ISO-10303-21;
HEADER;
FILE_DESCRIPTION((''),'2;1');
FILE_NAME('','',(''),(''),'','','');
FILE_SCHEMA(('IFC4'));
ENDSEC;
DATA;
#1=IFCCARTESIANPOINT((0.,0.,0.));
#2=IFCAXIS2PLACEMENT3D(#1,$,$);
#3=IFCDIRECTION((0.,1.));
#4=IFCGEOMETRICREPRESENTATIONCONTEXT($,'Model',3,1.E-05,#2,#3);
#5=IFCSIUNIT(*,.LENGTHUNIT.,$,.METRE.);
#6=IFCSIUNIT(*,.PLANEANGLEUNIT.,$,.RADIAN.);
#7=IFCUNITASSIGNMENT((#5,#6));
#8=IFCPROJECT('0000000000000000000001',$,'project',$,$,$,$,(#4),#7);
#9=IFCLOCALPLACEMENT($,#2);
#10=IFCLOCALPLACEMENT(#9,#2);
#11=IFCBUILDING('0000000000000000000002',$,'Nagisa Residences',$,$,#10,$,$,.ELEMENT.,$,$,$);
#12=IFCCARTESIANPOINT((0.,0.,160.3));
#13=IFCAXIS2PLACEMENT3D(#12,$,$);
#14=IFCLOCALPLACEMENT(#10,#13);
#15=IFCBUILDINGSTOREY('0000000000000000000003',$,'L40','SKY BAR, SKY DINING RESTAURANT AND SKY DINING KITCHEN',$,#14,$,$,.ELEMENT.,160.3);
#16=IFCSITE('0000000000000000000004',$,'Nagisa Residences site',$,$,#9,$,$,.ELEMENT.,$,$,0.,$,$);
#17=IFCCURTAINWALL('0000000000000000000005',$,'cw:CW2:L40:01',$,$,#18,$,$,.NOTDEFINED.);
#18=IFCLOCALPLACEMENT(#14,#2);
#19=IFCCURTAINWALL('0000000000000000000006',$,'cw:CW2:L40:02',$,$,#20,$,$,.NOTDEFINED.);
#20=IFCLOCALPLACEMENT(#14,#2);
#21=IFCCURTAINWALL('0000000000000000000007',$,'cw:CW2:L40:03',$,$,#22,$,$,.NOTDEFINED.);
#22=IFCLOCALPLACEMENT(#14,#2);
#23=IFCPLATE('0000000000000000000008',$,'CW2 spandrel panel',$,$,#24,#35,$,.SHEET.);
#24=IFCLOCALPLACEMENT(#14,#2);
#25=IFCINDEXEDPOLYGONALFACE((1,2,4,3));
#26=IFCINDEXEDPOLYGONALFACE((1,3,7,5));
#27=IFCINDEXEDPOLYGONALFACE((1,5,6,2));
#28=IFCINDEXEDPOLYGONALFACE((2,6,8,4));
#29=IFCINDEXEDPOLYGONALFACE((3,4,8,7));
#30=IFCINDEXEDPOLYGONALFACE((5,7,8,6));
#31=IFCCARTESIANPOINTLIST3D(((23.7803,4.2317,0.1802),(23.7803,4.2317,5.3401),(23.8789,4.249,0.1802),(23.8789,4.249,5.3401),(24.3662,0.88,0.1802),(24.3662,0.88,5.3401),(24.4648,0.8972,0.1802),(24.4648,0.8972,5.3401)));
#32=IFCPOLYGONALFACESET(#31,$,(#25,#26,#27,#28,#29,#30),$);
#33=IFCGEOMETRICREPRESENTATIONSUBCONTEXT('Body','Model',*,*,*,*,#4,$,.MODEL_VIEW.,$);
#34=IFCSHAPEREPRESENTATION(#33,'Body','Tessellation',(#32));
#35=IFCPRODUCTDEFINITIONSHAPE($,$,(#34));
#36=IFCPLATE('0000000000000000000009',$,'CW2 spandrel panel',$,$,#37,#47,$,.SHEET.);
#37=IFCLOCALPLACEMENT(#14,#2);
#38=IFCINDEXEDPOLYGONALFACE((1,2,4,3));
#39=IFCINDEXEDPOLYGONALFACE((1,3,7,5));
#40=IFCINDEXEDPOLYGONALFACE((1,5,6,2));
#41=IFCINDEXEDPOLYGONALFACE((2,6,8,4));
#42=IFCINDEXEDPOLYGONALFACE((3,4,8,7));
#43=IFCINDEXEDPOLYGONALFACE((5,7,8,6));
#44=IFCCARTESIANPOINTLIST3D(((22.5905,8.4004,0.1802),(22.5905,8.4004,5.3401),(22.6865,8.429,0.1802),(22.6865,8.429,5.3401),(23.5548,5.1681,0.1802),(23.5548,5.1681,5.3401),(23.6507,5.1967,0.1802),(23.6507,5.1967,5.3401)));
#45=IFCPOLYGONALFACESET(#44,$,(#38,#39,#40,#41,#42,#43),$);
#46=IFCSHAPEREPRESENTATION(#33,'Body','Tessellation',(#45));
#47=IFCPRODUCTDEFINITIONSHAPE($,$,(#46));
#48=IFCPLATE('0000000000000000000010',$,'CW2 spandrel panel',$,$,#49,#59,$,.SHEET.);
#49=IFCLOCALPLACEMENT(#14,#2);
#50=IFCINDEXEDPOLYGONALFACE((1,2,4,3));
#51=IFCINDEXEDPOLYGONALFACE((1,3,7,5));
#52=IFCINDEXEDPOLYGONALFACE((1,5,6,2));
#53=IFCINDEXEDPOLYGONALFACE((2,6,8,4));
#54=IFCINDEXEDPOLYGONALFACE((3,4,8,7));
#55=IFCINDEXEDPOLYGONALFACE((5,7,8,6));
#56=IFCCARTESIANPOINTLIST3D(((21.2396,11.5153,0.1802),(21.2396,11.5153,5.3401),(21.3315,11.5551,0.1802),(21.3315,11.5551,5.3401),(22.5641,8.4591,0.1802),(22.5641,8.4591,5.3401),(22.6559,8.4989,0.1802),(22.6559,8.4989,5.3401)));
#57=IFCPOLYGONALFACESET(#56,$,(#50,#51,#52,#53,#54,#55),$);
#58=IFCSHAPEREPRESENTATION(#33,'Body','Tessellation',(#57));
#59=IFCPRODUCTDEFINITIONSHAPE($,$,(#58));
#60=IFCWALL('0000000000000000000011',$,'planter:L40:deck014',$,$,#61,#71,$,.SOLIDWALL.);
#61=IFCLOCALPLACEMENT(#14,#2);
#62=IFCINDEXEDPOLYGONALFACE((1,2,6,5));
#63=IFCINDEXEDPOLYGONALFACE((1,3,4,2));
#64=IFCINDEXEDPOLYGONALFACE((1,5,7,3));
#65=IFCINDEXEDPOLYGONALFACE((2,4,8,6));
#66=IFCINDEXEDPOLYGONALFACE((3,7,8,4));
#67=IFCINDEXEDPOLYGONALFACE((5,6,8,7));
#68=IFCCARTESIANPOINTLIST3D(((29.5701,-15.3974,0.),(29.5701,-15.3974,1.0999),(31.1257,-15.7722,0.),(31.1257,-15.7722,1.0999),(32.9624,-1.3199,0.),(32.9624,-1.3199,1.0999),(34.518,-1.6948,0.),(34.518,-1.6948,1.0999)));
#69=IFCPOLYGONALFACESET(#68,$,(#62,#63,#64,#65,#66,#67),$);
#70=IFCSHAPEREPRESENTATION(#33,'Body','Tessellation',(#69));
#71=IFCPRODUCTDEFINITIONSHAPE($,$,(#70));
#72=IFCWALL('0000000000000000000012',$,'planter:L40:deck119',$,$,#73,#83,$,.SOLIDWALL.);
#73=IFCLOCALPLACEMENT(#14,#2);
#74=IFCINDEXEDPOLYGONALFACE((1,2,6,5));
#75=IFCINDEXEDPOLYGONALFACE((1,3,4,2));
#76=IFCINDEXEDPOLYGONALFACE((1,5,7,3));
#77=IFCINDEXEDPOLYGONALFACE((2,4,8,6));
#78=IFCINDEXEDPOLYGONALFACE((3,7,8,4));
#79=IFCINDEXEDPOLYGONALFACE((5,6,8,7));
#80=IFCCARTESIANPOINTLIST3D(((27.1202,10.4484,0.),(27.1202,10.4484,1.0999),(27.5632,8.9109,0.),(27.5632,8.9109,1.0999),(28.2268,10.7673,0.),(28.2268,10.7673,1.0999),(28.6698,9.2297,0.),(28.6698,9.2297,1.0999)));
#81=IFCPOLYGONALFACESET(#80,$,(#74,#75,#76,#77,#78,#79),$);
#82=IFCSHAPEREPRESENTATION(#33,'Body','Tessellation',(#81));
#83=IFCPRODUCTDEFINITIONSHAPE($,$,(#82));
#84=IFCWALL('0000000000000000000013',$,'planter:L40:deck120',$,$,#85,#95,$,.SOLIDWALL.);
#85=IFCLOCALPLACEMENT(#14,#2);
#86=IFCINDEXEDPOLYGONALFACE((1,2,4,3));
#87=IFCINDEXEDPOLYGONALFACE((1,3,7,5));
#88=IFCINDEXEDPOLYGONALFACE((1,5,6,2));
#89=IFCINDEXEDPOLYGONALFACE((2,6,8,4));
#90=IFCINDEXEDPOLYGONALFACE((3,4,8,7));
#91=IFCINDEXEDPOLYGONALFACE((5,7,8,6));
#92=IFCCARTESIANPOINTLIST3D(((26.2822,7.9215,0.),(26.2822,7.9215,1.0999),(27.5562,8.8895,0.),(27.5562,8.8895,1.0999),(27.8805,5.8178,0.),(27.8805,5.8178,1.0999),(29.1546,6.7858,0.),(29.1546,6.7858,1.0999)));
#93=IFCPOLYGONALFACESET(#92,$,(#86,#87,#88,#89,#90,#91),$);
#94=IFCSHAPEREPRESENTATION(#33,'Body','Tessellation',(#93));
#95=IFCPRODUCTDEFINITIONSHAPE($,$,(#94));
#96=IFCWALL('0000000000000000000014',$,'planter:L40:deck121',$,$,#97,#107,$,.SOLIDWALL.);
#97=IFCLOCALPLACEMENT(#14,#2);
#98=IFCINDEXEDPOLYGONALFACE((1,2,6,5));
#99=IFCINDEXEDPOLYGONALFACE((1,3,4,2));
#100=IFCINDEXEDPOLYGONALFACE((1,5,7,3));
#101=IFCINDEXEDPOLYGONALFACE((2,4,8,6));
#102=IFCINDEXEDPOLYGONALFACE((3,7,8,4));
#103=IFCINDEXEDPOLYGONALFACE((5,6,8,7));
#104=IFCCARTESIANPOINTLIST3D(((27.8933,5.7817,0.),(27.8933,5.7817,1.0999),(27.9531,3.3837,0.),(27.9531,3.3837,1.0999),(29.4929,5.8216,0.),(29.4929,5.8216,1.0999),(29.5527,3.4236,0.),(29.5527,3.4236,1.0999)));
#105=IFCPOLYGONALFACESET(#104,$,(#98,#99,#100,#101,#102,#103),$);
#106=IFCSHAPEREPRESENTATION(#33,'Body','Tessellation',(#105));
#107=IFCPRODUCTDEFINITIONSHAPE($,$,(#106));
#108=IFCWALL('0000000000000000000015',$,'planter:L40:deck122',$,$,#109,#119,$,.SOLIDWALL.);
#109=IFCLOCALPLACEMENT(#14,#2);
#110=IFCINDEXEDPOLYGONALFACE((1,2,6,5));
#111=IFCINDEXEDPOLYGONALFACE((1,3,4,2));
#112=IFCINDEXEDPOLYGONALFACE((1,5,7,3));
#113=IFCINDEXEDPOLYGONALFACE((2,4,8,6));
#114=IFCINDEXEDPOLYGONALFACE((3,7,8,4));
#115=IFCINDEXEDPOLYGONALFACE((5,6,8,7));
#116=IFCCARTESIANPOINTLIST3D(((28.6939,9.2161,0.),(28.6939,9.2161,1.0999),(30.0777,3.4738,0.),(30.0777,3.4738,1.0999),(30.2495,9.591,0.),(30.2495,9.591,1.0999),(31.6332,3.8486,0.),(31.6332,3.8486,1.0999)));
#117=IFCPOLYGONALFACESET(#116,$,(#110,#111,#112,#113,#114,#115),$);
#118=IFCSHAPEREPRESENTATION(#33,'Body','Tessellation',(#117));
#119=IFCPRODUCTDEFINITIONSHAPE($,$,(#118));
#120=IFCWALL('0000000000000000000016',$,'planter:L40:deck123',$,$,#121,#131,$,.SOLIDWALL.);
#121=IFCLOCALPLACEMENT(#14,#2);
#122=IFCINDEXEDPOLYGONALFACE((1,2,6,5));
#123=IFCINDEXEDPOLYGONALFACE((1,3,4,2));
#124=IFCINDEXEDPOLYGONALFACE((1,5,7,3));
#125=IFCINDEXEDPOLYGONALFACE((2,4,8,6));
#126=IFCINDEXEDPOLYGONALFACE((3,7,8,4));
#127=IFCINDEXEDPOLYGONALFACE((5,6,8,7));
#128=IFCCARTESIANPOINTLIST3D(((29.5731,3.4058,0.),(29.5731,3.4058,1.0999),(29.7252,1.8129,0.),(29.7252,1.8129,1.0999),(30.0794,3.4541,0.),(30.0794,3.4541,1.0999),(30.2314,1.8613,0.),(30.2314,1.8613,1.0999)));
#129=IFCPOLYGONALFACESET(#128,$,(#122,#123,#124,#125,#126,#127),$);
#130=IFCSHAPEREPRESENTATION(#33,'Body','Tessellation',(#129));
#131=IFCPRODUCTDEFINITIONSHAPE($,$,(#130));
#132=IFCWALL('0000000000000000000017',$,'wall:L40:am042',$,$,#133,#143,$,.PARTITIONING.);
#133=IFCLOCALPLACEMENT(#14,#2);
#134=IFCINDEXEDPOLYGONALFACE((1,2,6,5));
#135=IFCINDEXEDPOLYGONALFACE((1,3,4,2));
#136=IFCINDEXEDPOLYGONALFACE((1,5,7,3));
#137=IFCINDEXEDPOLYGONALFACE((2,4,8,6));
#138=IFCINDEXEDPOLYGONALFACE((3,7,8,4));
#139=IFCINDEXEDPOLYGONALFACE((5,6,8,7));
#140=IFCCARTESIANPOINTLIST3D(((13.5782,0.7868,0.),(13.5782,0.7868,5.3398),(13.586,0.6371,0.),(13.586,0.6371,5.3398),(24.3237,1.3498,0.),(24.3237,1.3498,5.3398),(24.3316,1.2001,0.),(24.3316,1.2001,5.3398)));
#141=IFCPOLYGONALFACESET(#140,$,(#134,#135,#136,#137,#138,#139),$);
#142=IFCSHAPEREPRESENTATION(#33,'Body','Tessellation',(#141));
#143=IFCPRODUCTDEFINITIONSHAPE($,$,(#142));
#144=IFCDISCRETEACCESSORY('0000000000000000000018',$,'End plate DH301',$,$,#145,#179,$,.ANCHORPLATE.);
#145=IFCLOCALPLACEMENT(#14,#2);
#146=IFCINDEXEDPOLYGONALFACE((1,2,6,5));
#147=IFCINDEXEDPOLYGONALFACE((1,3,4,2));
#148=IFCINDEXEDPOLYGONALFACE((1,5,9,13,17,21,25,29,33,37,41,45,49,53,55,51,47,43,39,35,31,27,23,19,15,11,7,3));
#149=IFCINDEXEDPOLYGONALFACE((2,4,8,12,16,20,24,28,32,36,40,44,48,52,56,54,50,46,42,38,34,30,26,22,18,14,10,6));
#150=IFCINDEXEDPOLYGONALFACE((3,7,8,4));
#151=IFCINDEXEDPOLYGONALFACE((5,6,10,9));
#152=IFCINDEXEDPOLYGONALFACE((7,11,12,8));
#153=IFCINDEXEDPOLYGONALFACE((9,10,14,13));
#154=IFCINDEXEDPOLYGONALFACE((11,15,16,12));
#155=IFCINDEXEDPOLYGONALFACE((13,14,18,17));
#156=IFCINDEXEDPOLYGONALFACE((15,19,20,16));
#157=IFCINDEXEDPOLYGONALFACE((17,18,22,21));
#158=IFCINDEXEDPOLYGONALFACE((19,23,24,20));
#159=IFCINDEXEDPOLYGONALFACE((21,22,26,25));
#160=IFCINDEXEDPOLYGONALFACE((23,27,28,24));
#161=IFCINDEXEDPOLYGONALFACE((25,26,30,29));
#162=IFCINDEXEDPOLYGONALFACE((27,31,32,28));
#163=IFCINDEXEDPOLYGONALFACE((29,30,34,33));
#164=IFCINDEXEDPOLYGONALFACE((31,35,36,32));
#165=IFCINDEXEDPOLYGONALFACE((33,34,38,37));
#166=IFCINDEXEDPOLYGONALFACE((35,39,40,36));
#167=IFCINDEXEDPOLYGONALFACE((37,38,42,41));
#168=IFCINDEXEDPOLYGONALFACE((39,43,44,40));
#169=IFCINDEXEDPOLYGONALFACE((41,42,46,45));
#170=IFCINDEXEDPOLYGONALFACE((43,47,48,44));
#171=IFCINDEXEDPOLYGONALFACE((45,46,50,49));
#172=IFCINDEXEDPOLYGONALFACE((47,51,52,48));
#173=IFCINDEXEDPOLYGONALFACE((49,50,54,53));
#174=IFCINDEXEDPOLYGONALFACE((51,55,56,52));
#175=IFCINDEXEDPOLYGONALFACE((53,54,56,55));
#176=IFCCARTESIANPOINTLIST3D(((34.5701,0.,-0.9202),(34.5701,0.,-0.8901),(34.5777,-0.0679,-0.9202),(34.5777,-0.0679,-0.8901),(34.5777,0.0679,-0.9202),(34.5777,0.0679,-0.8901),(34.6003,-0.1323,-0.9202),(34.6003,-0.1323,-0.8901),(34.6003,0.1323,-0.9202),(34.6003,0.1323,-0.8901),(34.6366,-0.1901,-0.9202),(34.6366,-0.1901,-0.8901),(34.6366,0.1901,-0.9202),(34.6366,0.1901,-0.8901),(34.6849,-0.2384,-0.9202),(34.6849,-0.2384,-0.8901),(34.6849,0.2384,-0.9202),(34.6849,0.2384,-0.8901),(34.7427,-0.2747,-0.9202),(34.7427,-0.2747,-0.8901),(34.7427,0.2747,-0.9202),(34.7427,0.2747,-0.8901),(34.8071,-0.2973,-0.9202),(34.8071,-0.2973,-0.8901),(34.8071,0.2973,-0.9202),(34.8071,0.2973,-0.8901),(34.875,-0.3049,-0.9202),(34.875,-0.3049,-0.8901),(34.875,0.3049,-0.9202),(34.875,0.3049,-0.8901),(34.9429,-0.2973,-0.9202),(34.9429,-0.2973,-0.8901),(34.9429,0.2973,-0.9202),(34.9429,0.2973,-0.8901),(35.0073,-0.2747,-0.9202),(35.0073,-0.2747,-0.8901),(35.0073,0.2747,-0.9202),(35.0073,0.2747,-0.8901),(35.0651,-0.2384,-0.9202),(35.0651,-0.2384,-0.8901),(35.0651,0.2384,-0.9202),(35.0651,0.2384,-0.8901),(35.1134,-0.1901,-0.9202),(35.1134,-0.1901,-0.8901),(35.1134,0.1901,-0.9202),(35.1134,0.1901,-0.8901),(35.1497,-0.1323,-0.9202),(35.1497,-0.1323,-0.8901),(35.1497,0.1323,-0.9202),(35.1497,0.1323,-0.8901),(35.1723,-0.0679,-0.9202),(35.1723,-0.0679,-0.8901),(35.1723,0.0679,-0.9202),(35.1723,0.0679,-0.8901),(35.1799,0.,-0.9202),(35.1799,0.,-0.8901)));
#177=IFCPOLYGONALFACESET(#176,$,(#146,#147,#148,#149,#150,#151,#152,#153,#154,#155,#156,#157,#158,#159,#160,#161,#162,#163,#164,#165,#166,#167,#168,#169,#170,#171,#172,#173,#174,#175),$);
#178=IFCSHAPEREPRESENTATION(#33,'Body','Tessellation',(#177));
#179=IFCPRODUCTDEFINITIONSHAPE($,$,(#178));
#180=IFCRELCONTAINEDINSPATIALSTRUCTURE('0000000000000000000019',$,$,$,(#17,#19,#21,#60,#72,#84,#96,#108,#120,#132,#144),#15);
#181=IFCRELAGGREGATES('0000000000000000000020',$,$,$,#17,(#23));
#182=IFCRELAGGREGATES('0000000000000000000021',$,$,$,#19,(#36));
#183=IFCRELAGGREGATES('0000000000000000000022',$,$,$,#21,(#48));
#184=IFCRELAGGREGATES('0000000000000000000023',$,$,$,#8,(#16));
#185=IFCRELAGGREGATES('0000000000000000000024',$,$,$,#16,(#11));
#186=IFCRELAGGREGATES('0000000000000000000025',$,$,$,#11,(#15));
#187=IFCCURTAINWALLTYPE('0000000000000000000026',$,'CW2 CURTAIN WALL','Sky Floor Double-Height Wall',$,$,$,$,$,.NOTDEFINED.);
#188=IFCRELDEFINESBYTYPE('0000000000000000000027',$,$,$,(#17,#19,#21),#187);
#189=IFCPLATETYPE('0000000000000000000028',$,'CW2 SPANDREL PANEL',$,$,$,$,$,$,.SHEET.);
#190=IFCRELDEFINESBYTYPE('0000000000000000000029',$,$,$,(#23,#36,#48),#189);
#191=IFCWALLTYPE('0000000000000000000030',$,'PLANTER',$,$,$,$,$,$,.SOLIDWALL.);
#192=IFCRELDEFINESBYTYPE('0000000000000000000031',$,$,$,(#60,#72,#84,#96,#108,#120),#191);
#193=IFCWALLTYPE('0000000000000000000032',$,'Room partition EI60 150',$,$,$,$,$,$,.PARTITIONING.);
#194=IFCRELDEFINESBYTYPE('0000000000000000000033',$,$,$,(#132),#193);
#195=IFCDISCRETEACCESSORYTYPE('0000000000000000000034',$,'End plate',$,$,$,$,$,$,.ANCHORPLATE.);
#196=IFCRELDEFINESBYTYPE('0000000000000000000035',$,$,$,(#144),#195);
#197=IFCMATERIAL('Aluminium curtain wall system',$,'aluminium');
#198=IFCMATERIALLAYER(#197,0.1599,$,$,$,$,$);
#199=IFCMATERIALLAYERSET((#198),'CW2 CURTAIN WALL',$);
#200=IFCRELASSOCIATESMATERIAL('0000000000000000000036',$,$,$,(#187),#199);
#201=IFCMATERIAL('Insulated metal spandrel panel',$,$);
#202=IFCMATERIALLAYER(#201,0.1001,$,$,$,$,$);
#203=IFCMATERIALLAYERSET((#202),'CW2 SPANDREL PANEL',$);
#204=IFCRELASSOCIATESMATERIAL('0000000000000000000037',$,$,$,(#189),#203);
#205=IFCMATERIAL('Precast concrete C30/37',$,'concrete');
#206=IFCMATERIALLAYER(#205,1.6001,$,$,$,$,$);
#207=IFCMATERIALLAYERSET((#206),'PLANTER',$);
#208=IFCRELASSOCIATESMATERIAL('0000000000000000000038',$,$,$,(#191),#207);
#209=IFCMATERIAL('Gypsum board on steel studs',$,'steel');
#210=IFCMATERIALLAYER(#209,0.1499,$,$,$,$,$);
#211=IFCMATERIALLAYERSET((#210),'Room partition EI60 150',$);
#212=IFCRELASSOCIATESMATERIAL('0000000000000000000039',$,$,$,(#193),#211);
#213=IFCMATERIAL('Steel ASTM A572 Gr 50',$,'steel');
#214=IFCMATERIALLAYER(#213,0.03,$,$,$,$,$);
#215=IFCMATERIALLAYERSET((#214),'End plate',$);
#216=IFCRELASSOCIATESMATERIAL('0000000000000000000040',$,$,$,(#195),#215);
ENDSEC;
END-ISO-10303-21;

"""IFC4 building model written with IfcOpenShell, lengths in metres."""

from ifc_helpers import new_model, si_unit, direction, frame, frame_2d, origin, origin_2d, place, context, subcontext, project, spatial, rectangle, circle, extrude, material, layer, layer_set, type_object, element, aggregate, save


model = new_model("IFC4")

# Units and contexts
model_context = context("Model", 3, precision=1e-05, world=origin(), true_north=direction((0.0, 1.0)))
body_context = subcontext(model_context, "Body", "Model", "MODEL_VIEW")
ifc_project = project(units=[si_unit("LENGTHUNIT", "METRE"), si_unit("PLANEANGLEUNIT", "RADIAN")], contexts=[model_context])

# Site, building, storey
site_placement = place(None, origin())
site = spatial("IfcSite", under=ifc_project, at=site_placement, Name="Nagisa Residences site", CompositionType="ELEMENT", RefElevation=0.0)
building_placement = place(site_placement, origin())
building = spatial("IfcBuilding", under=site, at=building_placement, Name="Nagisa Residences", CompositionType="ELEMENT")
storey_placement = place(building_placement, frame((0.0, 0.0, 160.3)))
storey = spatial("IfcBuildingStorey", under=building, at=storey_placement, Name="L40", Description="SKY BAR, SKY DINING RESTAURANT AND SKY DINING KITCHEN", CompositionType="ELEMENT", Elevation=160.3)

# Curtain walls
ifc_material_1 = material(Name="Aluminium curtain wall system", Category="aluminium")
ifc_layer_1 = layer(ifc_material_1, 0.1599)
ifc_layer_set_1 = layer_set([ifc_layer_1], Name="CW2 CURTAIN WALL")
curtain_wall_type = type_object("IfcCurtainWallType", Name="CW2 CURTAIN WALL", Description="Sky Floor Double-Height Wall", PredefinedType="NOTDEFINED", material=ifc_layer_set_1)
curtain_wall_1_placement = place(storey_placement, origin())
curtain_wall_1 = element("IfcCurtainWall", 1, at=curtain_wall_1_placement, inside=storey, type_object=curtain_wall_type, Name="cw:CW2:L40:01", PredefinedType="NOTDEFINED")
curtain_wall_2_placement = place(storey_placement, origin())
curtain_wall_2 = element("IfcCurtainWall", 2, at=curtain_wall_2_placement, inside=storey, type_object=curtain_wall_type, Name="cw:CW2:L40:02", PredefinedType="NOTDEFINED")
curtain_wall_3_placement = place(storey_placement, origin())
curtain_wall_3 = element("IfcCurtainWall", 3, at=curtain_wall_3_placement, inside=storey, type_object=curtain_wall_type, Name="cw:CW2:L40:03", PredefinedType="NOTDEFINED")

# Plates
ifc_material_2 = material(Name="Insulated metal spandrel panel")
ifc_layer_2 = layer(ifc_material_2, 0.1001)
ifc_layer_set_2 = layer_set([ifc_layer_2], Name="CW2 SPANDREL PANEL")
plate_type = type_object("IfcPlateType", Name="CW2 SPANDREL PANEL", PredefinedType="SHEET", material=ifc_layer_set_2)
plate_1_placement = place(storey_placement, frame((24.1226, 2.5645, 0.1802), z_axis=(0.0, 0.0, 1.0), x_axis=(-0.172191, 0.985064, 0.0)))
plate_1 = element("IfcPlate", 4, at=plate_1_placement, type_object=plate_type, Name="CW2 spandrel panel", PredefinedType="SHEET", context=body_context, shape_type="SweptSolid", body=[
    extrude(rectangle(XDim=3.4026, YDim=0.1001, at=origin_2d()), origin(), (0.0, 0.0, 1.0), 5.1599),
])
aggregate(curtain_wall_1, [plate_1])
plate_2_placement = place(storey_placement, frame((23.1206, 6.7986, 0.1802), z_axis=(0.0, 0.0, 1.0), x_axis=(-0.28586, 0.958271, 0.0)))
plate_2 = element("IfcPlate", 5, at=plate_2_placement, type_object=plate_type, Name="CW2 spandrel panel", PredefinedType="SHEET", context=body_context, shape_type="SweptSolid", body=[
    extrude(rectangle(XDim=3.373, YDim=0.1001, at=origin_2d()), origin(), (0.0, 0.0, 1.0), 5.1599),
])
aggregate(curtain_wall_2, [plate_2])
plate_3_placement = place(storey_placement, frame((21.9478, 10.0071, 0.1802), z_axis=(0.0, 0.0, 1.0), x_axis=(-0.397636, 0.917543, 0.0)))
plate_3 = element("IfcPlate", 6, at=plate_3_placement, type_object=plate_type, Name="CW2 spandrel panel", PredefinedType="SHEET", context=body_context, shape_type="SweptSolid", body=[
    extrude(rectangle(XDim=3.3308, YDim=0.1001, at=origin_2d()), origin(), (0.0, 0.0, 1.0), 5.1599),
])
aggregate(curtain_wall_3, [plate_3])

# Walls
ifc_material_3 = material(Name="Precast concrete C30/37", Category="concrete")
ifc_layer_3 = layer(ifc_material_3, 1.6001)
ifc_layer_set_3 = layer_set([ifc_layer_3], Name="PLANTER")
wall_type_1 = type_object("IfcWallType", Name="PLANTER", PredefinedType="SOLIDWALL", material=ifc_layer_set_3)
wall_1_placement = place(storey_placement, frame((33.7402, -1.5073, 0.0), z_axis=(0.0, 0.0, 1.0), x_axis=(-0.234271, -0.972171, 0.0)))
element("IfcWall", 7, at=wall_1_placement, inside=storey, type_object=wall_type_1, Name="planter:L40:deck014", PredefinedType="SOLIDWALL", context=body_context, shape_type="SweptSolid", body=[
    extrude(rectangle(XDim=14.4805, YDim=1.6001, at=frame_2d((7.2402, 0.0))), origin(), (0.0, 0.0, 1.0), 1.0999),
])
wall_2_placement = place(storey_placement, frame((27.3418, 9.6797, 0.0), z_axis=(0.0, 0.0, 1.0), x_axis=(0.960914, 0.276848, 0.0)))
element("IfcWall", 8, at=wall_2_placement, inside=storey, type_object=wall_type_1, Name="planter:L40:deck119", PredefinedType="SOLIDWALL", context=body_context, shape_type="SweptSolid", body=[
    extrude(rectangle(XDim=1.1516, YDim=1.6001, at=frame_2d((0.5757, 0.0))), origin(), (0.0, 0.0, 1.0), 1.0999),
])
wall_3_placement = place(storey_placement, frame((28.5176, 6.3018, 0.0), z_axis=(0.0, 0.0, 1.0), x_axis=(-0.604971, 0.796248, 0.0)))
element("IfcWall", 9, at=wall_3_placement, inside=storey, type_object=wall_type_1, Name="planter:L40:deck120", PredefinedType="SOLIDWALL", context=body_context, shape_type="SweptSolid", body=[
    extrude(rectangle(XDim=2.6421, YDim=1.6001, at=frame_2d((1.321, 0.0))), origin(), (0.0, 0.0, 1.0), 1.0999),
])
wall_4_placement = place(storey_placement, frame((28.7529, 3.4038, 0.0), z_axis=(0.0, 0.0, 1.0), x_axis=(-0.024936, 0.999689, 0.0)))
element("IfcWall", 10, at=wall_4_placement, inside=storey, type_object=wall_type_1, Name="planter:L40:deck121", PredefinedType="SOLIDWALL", context=body_context, shape_type="SweptSolid", body=[
    extrude(rectangle(XDim=2.3987, YDim=1.6001, at=frame_2d((1.1992, 0.0))), origin(), (0.0, 0.0, 1.0), 1.0999),
])
wall_5_placement = place(storey_placement, frame((29.4717, 9.4036, 0.0), z_axis=(0.0, 0.0, 1.0), x_axis=(0.23427, -0.972172, 0.0)))
element("IfcWall", 11, at=wall_5_placement, inside=storey, type_object=wall_type_1, Name="planter:L40:deck122", PredefinedType="SOLIDWALL", context=body_context, shape_type="SweptSolid", body=[
    extrude(rectangle(XDim=5.9067, YDim=1.6001, at=frame_2d((2.9534, 0.0))), origin(), (0.0, 0.0, 1.0), 1.0999),
])
wall_6_placement = place(storey_placement, frame((30.1555, 2.6577, 0.0), z_axis=(0.0, 0.0, 1.0), x_axis=(-0.995474, -0.095036, 0.0)))
element("IfcWall", 12, at=wall_6_placement, inside=storey, type_object=wall_type_1, Name="planter:L40:deck123", PredefinedType="SOLIDWALL", context=body_context, shape_type="SweptSolid", body=[
    extrude(rectangle(XDim=0.5085, YDim=1.6001, at=frame_2d((0.2544, 0.0))), origin(), (0.0, 0.0, 1.0), 1.0999),
])
ifc_material_4 = material(Name="Gypsum board on steel studs", Category="steel")
ifc_layer_4 = layer(ifc_material_4, 0.1499)
ifc_layer_set_4 = layer_set([ifc_layer_4], Name="Room partition EI60 150")
wall_type_2 = type_object("IfcWallType", Name="Room partition EI60 150", PredefinedType="PARTITIONING", material=ifc_layer_set_4)
wall_7_placement = place(storey_placement, frame((24.3276, 1.2749, 0.0), z_axis=(0.0, 0.0, 1.0), x_axis=(-0.99863, -0.052321, 0.0)))
element("IfcWall", 13, at=wall_7_placement, inside=storey, type_object=wall_type_2, Name="wall:L40:am042", PredefinedType="PARTITIONING", context=body_context, shape_type="SweptSolid", body=[
    extrude(rectangle(XDim=10.7603, YDim=0.1499, at=frame_2d((5.3801, 0.0))), origin(), (0.0, 0.0, 1.0), 5.3398),
])

# Discrete accessory
ifc_material_5 = material(Name="Steel ASTM A572 Gr 50", Category="steel")
ifc_layer_5 = layer(ifc_material_5, 0.03)
ifc_layer_set_5 = layer_set([ifc_layer_5], Name="End plate")
discrete_accessory_type = type_object("IfcDiscreteAccessoryType", Name="End plate", PredefinedType="ANCHORPLATE", material=ifc_layer_set_5)
discrete_accessory_placement = place(storey_placement, frame((34.875, 0.0, -0.8901), z_axis=(0.0, 0.0, -1.0), x_axis=(1.0, 0.0, 0.0)))
element("IfcDiscreteAccessory", 14, at=discrete_accessory_placement, inside=storey, type_object=discrete_accessory_type, Name="End plate DH301", PredefinedType="ANCHORPLATE", context=body_context, shape_type="SweptSolid", body=[
    extrude(circle(Radius=0.3049, at=origin_2d()), origin(), (0.0, 0.0, 1.0), 0.03),
])

save(model, "model.ifc")
